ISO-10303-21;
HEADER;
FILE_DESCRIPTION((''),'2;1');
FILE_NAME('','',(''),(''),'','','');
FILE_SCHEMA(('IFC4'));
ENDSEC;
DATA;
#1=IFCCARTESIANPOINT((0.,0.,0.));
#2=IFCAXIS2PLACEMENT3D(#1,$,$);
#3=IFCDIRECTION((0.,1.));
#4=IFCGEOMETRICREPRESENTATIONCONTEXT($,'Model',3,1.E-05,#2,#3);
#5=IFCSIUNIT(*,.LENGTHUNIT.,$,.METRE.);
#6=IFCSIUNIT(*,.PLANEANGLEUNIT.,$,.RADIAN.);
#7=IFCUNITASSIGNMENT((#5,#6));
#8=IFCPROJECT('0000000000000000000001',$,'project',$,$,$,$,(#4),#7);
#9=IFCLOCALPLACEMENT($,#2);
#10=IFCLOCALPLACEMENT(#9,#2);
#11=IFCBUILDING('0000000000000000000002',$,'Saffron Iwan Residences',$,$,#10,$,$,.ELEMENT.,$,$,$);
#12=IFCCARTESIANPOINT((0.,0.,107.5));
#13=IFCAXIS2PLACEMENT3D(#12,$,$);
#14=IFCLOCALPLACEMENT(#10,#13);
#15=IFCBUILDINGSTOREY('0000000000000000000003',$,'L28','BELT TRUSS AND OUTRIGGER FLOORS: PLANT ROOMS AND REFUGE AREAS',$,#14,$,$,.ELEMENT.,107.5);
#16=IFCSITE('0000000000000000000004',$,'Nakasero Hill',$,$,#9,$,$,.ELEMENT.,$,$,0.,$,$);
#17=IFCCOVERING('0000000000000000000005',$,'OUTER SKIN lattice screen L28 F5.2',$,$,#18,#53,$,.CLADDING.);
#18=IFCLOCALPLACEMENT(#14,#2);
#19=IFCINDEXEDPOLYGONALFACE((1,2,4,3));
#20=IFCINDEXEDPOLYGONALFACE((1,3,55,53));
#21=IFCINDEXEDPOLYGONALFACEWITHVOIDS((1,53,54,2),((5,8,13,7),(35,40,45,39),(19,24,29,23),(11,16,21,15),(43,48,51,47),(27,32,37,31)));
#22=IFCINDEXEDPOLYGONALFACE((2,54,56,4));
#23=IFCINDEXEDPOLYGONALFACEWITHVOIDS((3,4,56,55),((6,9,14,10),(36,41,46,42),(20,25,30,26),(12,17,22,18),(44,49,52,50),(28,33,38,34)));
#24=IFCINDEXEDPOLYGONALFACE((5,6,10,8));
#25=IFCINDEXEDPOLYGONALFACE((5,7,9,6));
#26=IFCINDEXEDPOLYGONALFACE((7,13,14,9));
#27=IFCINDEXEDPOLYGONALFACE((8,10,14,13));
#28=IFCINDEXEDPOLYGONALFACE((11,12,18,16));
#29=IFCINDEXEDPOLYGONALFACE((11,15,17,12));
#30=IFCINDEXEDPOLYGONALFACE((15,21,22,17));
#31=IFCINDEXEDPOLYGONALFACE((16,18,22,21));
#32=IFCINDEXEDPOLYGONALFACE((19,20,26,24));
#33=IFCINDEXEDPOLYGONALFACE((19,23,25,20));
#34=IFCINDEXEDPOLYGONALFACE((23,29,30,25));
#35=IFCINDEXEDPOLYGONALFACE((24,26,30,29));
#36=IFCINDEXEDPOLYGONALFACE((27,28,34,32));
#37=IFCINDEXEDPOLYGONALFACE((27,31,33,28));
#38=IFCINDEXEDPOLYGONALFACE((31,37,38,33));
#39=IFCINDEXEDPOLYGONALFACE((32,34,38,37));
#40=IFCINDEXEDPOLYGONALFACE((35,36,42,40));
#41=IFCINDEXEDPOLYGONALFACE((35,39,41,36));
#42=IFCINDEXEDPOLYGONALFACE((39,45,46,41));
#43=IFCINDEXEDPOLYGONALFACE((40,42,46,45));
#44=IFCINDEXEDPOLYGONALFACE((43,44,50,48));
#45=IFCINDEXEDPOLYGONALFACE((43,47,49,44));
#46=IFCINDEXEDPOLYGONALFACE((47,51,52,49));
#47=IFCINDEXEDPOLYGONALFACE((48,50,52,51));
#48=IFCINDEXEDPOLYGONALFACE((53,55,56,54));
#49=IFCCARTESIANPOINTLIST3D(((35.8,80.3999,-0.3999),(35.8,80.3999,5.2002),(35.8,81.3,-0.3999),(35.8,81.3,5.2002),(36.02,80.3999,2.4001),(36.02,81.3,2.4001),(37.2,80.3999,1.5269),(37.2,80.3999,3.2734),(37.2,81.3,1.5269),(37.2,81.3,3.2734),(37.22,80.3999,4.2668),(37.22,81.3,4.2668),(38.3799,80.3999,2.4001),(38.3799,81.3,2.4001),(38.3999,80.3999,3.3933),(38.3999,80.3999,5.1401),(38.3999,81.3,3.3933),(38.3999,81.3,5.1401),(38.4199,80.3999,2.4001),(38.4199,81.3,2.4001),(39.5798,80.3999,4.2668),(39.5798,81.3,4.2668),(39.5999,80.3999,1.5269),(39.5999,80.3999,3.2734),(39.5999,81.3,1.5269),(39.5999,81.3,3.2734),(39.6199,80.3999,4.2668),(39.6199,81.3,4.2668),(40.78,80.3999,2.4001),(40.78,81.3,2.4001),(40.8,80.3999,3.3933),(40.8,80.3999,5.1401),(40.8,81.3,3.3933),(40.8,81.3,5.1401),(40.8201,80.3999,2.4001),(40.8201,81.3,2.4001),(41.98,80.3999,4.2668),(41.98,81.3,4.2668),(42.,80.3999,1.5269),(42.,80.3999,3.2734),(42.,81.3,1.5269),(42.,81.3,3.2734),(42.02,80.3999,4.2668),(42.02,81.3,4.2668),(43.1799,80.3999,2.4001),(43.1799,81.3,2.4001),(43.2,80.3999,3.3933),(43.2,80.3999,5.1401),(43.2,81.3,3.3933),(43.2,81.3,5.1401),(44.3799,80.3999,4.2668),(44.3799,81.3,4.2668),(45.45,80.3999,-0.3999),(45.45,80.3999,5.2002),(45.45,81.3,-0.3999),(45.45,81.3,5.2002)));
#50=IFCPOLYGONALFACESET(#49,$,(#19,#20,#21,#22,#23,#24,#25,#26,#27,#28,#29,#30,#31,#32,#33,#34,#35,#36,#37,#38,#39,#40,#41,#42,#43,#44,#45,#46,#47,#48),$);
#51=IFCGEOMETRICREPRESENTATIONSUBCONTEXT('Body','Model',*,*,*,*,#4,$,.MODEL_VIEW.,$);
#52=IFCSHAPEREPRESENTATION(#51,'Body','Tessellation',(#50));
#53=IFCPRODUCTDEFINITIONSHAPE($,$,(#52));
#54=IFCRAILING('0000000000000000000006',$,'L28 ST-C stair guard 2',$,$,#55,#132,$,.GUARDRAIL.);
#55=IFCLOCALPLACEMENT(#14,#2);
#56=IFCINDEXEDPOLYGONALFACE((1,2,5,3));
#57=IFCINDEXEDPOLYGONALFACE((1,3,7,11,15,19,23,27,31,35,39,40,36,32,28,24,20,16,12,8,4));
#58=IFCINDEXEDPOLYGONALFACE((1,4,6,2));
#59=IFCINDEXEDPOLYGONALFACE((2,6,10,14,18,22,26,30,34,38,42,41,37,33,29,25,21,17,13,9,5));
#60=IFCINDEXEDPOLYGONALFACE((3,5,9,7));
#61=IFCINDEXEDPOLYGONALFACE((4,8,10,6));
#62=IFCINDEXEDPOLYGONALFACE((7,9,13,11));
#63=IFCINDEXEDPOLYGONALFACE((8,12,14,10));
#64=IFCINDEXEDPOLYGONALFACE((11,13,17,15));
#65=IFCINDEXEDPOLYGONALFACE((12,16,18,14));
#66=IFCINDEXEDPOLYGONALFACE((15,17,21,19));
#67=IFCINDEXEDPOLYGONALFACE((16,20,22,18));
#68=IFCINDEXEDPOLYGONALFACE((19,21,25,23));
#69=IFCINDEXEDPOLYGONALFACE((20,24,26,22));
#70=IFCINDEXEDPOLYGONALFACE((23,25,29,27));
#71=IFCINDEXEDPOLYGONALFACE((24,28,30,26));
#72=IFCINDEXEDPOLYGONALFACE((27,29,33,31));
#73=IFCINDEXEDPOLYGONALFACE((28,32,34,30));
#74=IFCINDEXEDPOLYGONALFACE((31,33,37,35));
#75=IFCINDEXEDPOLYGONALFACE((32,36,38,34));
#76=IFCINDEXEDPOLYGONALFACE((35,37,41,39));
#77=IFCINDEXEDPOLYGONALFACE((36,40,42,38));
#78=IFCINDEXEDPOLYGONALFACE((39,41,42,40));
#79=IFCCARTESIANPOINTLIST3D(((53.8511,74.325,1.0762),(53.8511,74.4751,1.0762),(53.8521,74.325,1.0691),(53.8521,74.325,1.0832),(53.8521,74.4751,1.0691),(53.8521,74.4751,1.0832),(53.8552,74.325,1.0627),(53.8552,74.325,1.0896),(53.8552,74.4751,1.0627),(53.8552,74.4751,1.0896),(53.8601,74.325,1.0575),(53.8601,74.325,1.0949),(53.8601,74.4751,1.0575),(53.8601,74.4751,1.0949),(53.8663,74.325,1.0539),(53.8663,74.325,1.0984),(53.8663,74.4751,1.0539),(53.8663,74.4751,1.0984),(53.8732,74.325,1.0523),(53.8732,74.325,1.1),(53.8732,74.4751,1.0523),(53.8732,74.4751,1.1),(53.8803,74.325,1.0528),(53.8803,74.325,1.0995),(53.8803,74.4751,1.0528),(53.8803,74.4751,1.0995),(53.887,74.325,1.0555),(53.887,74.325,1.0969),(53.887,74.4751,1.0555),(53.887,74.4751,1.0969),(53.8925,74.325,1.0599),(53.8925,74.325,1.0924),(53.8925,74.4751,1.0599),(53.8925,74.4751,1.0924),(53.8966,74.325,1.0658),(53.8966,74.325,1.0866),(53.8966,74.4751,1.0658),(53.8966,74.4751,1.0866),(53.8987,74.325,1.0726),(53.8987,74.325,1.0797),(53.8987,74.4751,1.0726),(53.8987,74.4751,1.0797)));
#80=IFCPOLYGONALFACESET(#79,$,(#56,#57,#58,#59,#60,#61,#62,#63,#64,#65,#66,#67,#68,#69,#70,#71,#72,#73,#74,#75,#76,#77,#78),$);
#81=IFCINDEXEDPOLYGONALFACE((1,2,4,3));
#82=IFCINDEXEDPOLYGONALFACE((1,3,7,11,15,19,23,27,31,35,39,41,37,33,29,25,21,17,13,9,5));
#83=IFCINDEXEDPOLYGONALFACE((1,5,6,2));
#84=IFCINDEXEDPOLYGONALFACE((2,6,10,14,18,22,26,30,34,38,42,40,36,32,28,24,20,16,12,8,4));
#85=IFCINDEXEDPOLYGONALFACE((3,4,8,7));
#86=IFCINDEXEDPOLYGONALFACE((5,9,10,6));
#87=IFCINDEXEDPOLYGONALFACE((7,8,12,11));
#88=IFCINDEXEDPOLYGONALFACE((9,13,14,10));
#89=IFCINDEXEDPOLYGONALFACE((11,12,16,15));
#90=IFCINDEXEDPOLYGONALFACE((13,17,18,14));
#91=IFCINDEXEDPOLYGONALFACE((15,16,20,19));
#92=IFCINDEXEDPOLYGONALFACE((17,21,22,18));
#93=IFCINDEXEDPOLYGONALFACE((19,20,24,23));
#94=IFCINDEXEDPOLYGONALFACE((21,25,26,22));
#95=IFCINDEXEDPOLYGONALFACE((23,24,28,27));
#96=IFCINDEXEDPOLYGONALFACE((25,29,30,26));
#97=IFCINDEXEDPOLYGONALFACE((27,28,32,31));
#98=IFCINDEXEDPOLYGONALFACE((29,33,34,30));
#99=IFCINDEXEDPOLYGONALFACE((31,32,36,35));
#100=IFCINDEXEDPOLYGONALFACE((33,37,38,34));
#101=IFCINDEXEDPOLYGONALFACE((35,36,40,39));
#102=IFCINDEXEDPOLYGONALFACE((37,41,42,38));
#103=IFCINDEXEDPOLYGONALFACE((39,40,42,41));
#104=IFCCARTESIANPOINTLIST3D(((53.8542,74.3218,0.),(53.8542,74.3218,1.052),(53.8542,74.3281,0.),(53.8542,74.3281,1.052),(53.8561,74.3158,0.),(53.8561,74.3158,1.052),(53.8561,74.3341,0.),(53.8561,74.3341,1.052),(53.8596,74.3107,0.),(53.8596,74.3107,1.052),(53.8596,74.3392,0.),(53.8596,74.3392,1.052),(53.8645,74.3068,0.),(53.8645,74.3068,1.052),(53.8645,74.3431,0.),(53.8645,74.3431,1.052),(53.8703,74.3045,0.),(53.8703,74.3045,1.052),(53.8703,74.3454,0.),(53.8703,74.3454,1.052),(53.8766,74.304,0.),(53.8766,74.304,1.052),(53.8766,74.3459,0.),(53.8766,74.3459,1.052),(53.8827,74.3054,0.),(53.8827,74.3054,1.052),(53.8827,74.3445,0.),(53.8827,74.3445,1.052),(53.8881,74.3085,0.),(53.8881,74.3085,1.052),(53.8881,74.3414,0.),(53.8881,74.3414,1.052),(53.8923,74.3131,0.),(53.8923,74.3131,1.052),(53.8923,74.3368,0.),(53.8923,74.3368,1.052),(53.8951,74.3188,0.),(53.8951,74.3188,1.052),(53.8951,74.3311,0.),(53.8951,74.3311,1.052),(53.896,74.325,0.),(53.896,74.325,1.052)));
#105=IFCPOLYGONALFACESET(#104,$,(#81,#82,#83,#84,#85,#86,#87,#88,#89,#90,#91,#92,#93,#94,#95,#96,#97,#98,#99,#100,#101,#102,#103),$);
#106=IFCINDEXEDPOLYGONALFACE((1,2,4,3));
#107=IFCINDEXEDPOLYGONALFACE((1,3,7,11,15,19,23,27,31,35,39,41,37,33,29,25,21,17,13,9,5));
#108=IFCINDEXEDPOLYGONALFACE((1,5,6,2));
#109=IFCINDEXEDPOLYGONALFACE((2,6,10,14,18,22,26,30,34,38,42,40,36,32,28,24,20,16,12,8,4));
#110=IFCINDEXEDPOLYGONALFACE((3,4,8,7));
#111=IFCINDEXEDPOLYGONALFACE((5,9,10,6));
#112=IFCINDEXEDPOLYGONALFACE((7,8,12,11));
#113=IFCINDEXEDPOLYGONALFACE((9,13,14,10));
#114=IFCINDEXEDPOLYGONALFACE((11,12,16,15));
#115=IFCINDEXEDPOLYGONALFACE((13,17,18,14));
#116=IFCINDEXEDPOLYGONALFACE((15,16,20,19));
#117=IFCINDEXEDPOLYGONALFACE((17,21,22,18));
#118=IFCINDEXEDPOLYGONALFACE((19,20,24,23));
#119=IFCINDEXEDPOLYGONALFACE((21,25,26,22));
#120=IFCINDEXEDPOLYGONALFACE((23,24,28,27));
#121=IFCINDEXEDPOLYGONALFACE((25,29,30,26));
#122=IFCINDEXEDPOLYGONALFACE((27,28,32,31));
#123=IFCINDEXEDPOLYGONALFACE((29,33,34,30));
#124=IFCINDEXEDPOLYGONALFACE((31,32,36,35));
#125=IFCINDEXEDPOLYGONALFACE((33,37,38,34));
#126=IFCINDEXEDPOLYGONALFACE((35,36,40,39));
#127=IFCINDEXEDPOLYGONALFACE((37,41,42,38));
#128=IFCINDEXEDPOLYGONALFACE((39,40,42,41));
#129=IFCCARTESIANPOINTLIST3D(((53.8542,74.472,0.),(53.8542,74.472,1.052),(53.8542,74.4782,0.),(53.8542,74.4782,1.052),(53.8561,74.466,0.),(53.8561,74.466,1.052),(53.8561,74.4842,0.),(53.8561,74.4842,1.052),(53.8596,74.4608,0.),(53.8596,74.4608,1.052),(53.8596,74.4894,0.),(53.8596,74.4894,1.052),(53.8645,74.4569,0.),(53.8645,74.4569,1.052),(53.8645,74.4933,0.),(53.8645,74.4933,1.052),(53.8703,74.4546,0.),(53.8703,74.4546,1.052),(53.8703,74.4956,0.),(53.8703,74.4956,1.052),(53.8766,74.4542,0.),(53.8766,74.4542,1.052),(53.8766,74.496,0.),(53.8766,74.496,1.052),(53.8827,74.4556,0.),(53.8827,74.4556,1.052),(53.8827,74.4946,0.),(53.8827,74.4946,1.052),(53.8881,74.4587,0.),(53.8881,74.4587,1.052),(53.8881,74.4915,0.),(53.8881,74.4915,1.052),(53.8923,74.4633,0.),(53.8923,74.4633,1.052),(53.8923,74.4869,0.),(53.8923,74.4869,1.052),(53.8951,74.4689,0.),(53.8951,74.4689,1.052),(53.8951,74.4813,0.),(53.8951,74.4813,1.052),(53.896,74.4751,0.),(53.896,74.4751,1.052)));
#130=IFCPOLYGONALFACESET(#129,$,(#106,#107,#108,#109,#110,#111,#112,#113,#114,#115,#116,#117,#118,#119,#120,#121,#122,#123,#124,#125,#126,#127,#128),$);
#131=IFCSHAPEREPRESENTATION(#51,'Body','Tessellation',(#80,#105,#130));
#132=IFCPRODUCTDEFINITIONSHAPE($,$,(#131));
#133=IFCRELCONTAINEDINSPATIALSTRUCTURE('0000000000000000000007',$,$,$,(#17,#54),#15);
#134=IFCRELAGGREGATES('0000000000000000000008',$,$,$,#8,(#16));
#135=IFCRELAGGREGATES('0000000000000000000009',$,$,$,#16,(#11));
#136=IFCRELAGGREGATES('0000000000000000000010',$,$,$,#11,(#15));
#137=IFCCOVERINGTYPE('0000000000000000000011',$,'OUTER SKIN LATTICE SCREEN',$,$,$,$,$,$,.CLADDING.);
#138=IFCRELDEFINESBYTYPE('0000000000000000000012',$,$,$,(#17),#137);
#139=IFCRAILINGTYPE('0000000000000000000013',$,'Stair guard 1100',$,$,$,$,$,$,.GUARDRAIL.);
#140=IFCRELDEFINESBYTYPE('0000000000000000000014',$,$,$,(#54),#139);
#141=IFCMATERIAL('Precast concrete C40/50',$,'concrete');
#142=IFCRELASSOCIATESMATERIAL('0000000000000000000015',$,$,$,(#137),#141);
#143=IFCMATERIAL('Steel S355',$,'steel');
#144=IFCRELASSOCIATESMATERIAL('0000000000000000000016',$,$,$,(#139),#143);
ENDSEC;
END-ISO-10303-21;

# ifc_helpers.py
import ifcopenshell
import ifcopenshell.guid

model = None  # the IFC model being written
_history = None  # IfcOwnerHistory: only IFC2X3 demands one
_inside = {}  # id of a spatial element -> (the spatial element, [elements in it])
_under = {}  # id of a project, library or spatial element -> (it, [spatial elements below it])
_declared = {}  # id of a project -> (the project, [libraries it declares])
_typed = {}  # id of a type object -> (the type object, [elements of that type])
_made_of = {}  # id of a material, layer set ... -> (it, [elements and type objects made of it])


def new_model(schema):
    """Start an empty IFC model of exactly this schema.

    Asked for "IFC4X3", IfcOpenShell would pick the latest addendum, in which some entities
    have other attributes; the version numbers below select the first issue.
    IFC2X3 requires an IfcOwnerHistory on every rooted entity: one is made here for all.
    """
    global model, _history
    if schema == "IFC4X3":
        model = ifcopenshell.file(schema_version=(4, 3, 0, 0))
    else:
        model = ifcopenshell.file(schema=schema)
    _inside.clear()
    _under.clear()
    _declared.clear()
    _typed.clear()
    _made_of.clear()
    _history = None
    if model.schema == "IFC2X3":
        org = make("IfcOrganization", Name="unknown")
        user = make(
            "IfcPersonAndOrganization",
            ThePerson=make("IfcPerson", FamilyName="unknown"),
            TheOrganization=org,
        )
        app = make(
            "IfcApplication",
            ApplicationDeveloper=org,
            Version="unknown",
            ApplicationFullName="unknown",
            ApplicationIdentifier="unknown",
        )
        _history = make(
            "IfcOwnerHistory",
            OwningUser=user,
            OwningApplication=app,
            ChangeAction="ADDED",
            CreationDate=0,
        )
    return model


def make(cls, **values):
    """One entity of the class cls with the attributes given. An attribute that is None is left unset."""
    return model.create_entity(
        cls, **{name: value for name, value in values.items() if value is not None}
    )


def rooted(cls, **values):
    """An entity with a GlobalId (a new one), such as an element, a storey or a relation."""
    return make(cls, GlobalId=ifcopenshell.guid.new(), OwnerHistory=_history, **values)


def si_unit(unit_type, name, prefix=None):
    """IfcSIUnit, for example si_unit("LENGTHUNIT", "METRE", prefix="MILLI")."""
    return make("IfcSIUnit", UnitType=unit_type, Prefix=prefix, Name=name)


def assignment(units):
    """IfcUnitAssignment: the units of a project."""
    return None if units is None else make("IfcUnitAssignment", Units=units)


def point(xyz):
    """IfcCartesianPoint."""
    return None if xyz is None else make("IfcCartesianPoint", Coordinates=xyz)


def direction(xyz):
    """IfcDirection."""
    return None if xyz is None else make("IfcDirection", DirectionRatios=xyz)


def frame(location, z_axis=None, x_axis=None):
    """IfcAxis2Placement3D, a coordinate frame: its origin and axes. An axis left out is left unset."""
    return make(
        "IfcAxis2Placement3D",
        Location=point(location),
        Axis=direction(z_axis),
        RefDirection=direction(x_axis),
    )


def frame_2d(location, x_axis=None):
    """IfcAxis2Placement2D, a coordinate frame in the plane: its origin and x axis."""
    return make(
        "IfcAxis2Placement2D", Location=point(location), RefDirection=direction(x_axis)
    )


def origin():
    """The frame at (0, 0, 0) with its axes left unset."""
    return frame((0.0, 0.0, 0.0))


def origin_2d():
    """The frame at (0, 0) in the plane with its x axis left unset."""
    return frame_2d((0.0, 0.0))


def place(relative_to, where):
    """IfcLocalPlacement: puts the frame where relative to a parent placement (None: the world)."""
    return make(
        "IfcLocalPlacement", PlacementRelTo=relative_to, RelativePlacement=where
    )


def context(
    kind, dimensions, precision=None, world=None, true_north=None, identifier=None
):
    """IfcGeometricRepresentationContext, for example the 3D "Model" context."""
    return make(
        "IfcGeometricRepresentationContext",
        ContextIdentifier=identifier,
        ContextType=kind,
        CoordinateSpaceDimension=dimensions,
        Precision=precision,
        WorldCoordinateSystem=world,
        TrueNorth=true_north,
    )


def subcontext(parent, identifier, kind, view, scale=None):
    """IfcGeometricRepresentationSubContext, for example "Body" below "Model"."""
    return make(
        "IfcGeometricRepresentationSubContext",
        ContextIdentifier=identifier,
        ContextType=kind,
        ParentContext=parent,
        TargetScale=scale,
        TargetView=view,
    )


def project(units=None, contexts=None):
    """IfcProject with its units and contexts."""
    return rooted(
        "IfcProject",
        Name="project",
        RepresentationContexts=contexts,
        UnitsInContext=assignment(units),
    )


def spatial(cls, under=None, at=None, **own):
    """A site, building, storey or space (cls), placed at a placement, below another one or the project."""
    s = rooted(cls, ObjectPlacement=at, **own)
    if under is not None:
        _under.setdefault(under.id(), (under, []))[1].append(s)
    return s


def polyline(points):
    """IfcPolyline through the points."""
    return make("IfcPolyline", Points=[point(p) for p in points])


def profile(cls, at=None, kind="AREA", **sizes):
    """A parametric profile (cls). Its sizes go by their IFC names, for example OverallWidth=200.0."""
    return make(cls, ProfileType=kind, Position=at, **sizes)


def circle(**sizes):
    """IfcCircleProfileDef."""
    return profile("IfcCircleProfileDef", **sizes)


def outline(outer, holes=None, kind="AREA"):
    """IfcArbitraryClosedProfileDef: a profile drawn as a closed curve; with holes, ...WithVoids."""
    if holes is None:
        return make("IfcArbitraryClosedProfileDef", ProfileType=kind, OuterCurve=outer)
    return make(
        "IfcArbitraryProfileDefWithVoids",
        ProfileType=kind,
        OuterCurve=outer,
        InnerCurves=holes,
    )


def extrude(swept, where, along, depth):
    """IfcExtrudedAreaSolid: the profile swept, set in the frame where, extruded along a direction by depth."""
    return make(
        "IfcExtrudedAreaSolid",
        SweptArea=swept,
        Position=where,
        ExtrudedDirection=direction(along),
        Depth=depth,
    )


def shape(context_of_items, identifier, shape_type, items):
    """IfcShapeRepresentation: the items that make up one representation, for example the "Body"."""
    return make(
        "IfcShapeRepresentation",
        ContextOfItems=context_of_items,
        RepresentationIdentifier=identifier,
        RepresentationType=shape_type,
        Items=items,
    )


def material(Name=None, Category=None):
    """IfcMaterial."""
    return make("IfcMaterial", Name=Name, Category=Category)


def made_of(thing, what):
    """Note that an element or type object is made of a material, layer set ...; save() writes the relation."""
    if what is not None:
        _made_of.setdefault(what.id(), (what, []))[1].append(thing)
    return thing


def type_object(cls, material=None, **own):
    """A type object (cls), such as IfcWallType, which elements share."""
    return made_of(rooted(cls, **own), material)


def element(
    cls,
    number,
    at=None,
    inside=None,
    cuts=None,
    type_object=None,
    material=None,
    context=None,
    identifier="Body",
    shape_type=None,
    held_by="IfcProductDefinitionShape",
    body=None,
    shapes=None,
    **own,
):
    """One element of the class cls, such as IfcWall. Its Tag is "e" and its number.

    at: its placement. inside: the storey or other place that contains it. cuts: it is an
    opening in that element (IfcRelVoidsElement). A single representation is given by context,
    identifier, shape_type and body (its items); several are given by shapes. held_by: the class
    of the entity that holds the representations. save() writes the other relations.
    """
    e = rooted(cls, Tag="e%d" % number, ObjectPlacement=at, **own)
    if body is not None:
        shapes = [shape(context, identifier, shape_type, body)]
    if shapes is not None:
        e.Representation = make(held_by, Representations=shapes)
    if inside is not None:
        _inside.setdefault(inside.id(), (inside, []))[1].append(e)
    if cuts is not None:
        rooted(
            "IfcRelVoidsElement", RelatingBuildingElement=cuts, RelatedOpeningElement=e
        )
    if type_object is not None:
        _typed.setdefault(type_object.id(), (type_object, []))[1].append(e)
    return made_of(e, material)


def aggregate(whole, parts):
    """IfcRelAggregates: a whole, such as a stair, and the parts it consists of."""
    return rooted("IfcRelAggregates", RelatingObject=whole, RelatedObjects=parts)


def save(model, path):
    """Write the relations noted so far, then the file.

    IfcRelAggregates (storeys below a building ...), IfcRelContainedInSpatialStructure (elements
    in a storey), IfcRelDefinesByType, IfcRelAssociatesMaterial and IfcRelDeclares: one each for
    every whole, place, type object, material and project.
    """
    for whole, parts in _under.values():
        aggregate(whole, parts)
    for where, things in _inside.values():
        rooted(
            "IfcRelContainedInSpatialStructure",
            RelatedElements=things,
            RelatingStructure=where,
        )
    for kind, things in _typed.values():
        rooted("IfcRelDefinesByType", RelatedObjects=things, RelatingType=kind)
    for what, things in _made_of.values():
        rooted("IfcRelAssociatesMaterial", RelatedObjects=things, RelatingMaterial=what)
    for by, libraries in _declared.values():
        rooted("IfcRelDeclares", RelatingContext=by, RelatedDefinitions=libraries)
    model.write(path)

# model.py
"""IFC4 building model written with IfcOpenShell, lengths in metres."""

from ifc_helpers import new_model, si_unit, direction, frame, origin, origin_2d, place, context, subcontext, project, spatial, polyline, circle, outline, extrude, material, type_object, element, save


model = new_model("IFC4")

# Units and contexts
model_context = context("Model", 3, precision=1e-05, world=origin(), true_north=direction((0.0, 1.0)))
body_context = subcontext(model_context, "Body", "Model", "MODEL_VIEW")
ifc_project = project(units=[si_unit("LENGTHUNIT", "METRE"), si_unit("PLANEANGLEUNIT", "RADIAN")], contexts=[model_context])

# Site, building, storey
site_placement = place(None, origin())
site = spatial("IfcSite", under=ifc_project, at=site_placement, Name="Nakasero Hill", CompositionType="ELEMENT", RefElevation=0.0)
building_placement = place(site_placement, origin())
building = spatial("IfcBuilding", under=site, at=building_placement, Name="Saffron Iwan Residences", CompositionType="ELEMENT")
storey_placement = place(building_placement, frame((0.0, 0.0, 107.5)))
storey = spatial("IfcBuildingStorey", under=building, at=storey_placement, Name="L28", Description="BELT TRUSS AND OUTRIGGER FLOORS: PLANT ROOMS AND REFUGE AREAS", CompositionType="ELEMENT", Elevation=107.5)

# Shared definitions
ifc_material_1 = material(Name="Steel S355", Category="steel")

# Covering
ifc_material_2 = material(Name="Precast concrete C40/50", Category="concrete")
covering_type_1 = type_object("IfcCoveringType", Name="OUTER SKIN LATTICE SCREEN", PredefinedType="CLADDING", material=ifc_material_2)
covering_1_placement = place(storey_placement, frame((45.45, 80.3999, -0.3999), z_axis=(0.0, 1.0, 0.0), x_axis=(-1.0, 0.0, 0.0)))
element("IfcCovering", 1, at=covering_1_placement, inside=storey, type_object=covering_type_1, Name="OUTER SKIN lattice screen L28 F5.2", PredefinedType="CLADDING", context=body_context, shape_type="SweptSolid", body=[
    extrude(outline(polyline([(0.0, 0.0), (9.6499, 0.0), (9.6499, 5.6001), (0.0, 5.6001), (0.0, 0.0)]), holes=[polyline([(2.27, 2.8), (3.45, 1.9268), (4.6299, 2.8), (3.45, 3.6733), (2.27, 2.8)]), polyline([(4.6699, 2.8), (5.8501, 1.9268), (7.03, 2.8), (5.8501, 3.6733), (4.6699, 2.8)]), polyline([(7.0701, 2.8), (8.25, 1.9268), (9.4299, 2.8), (8.25, 3.6733), (7.0701, 2.8)]), polyline([(1.0701, 4.6667), (2.25, 3.7932), (3.4299, 4.6667), (2.25, 5.54), (1.0701, 4.6667)]), polyline([(3.47, 4.6667), (4.6499, 3.7932), (5.8301, 4.6667), (4.6499, 5.54), (3.47, 4.6667)]), polyline([(5.8701, 4.6667), (7.05, 3.7932), (8.23, 4.6667), (7.05, 5.54), (5.8701, 4.6667)])]), origin(), (0.0, 0.0, 1.0), 0.9001),
])

# Railing
railing_type_1 = type_object("IfcRailingType", Name="Stair guard 1100", PredefinedType="GUARDRAIL", material=ifc_material_1)
railing_1_placement = place(storey_placement, frame((53.875, 74.325, 0.0)))
element("IfcRailing", 2, at=railing_1_placement, inside=storey, type_object=railing_type_1, Name="L28 ST-C stair guard 2", PredefinedType="GUARDRAIL", context=body_context, shape_type="SweptSolid", body=[
    extrude(circle(Radius=0.0239, at=origin_2d()), frame((0.0, 0.0, 1.0762), z_axis=(0.0, 1.0, 0.0), x_axis=(-1.0, 0.0, 0.0)), (0.0, 0.0, 1.0), 0.1501),
    extrude(circle(Radius=0.021, at=origin_2d()), origin(), (0.0, 0.0, 1.0), 1.052),
    extrude(circle(Radius=0.021, at=origin_2d()), frame((0.0, 0.1501, 0.0)), (0.0, 0.0, 1.0), 1.052),
])

save(model, "model.ifc")
